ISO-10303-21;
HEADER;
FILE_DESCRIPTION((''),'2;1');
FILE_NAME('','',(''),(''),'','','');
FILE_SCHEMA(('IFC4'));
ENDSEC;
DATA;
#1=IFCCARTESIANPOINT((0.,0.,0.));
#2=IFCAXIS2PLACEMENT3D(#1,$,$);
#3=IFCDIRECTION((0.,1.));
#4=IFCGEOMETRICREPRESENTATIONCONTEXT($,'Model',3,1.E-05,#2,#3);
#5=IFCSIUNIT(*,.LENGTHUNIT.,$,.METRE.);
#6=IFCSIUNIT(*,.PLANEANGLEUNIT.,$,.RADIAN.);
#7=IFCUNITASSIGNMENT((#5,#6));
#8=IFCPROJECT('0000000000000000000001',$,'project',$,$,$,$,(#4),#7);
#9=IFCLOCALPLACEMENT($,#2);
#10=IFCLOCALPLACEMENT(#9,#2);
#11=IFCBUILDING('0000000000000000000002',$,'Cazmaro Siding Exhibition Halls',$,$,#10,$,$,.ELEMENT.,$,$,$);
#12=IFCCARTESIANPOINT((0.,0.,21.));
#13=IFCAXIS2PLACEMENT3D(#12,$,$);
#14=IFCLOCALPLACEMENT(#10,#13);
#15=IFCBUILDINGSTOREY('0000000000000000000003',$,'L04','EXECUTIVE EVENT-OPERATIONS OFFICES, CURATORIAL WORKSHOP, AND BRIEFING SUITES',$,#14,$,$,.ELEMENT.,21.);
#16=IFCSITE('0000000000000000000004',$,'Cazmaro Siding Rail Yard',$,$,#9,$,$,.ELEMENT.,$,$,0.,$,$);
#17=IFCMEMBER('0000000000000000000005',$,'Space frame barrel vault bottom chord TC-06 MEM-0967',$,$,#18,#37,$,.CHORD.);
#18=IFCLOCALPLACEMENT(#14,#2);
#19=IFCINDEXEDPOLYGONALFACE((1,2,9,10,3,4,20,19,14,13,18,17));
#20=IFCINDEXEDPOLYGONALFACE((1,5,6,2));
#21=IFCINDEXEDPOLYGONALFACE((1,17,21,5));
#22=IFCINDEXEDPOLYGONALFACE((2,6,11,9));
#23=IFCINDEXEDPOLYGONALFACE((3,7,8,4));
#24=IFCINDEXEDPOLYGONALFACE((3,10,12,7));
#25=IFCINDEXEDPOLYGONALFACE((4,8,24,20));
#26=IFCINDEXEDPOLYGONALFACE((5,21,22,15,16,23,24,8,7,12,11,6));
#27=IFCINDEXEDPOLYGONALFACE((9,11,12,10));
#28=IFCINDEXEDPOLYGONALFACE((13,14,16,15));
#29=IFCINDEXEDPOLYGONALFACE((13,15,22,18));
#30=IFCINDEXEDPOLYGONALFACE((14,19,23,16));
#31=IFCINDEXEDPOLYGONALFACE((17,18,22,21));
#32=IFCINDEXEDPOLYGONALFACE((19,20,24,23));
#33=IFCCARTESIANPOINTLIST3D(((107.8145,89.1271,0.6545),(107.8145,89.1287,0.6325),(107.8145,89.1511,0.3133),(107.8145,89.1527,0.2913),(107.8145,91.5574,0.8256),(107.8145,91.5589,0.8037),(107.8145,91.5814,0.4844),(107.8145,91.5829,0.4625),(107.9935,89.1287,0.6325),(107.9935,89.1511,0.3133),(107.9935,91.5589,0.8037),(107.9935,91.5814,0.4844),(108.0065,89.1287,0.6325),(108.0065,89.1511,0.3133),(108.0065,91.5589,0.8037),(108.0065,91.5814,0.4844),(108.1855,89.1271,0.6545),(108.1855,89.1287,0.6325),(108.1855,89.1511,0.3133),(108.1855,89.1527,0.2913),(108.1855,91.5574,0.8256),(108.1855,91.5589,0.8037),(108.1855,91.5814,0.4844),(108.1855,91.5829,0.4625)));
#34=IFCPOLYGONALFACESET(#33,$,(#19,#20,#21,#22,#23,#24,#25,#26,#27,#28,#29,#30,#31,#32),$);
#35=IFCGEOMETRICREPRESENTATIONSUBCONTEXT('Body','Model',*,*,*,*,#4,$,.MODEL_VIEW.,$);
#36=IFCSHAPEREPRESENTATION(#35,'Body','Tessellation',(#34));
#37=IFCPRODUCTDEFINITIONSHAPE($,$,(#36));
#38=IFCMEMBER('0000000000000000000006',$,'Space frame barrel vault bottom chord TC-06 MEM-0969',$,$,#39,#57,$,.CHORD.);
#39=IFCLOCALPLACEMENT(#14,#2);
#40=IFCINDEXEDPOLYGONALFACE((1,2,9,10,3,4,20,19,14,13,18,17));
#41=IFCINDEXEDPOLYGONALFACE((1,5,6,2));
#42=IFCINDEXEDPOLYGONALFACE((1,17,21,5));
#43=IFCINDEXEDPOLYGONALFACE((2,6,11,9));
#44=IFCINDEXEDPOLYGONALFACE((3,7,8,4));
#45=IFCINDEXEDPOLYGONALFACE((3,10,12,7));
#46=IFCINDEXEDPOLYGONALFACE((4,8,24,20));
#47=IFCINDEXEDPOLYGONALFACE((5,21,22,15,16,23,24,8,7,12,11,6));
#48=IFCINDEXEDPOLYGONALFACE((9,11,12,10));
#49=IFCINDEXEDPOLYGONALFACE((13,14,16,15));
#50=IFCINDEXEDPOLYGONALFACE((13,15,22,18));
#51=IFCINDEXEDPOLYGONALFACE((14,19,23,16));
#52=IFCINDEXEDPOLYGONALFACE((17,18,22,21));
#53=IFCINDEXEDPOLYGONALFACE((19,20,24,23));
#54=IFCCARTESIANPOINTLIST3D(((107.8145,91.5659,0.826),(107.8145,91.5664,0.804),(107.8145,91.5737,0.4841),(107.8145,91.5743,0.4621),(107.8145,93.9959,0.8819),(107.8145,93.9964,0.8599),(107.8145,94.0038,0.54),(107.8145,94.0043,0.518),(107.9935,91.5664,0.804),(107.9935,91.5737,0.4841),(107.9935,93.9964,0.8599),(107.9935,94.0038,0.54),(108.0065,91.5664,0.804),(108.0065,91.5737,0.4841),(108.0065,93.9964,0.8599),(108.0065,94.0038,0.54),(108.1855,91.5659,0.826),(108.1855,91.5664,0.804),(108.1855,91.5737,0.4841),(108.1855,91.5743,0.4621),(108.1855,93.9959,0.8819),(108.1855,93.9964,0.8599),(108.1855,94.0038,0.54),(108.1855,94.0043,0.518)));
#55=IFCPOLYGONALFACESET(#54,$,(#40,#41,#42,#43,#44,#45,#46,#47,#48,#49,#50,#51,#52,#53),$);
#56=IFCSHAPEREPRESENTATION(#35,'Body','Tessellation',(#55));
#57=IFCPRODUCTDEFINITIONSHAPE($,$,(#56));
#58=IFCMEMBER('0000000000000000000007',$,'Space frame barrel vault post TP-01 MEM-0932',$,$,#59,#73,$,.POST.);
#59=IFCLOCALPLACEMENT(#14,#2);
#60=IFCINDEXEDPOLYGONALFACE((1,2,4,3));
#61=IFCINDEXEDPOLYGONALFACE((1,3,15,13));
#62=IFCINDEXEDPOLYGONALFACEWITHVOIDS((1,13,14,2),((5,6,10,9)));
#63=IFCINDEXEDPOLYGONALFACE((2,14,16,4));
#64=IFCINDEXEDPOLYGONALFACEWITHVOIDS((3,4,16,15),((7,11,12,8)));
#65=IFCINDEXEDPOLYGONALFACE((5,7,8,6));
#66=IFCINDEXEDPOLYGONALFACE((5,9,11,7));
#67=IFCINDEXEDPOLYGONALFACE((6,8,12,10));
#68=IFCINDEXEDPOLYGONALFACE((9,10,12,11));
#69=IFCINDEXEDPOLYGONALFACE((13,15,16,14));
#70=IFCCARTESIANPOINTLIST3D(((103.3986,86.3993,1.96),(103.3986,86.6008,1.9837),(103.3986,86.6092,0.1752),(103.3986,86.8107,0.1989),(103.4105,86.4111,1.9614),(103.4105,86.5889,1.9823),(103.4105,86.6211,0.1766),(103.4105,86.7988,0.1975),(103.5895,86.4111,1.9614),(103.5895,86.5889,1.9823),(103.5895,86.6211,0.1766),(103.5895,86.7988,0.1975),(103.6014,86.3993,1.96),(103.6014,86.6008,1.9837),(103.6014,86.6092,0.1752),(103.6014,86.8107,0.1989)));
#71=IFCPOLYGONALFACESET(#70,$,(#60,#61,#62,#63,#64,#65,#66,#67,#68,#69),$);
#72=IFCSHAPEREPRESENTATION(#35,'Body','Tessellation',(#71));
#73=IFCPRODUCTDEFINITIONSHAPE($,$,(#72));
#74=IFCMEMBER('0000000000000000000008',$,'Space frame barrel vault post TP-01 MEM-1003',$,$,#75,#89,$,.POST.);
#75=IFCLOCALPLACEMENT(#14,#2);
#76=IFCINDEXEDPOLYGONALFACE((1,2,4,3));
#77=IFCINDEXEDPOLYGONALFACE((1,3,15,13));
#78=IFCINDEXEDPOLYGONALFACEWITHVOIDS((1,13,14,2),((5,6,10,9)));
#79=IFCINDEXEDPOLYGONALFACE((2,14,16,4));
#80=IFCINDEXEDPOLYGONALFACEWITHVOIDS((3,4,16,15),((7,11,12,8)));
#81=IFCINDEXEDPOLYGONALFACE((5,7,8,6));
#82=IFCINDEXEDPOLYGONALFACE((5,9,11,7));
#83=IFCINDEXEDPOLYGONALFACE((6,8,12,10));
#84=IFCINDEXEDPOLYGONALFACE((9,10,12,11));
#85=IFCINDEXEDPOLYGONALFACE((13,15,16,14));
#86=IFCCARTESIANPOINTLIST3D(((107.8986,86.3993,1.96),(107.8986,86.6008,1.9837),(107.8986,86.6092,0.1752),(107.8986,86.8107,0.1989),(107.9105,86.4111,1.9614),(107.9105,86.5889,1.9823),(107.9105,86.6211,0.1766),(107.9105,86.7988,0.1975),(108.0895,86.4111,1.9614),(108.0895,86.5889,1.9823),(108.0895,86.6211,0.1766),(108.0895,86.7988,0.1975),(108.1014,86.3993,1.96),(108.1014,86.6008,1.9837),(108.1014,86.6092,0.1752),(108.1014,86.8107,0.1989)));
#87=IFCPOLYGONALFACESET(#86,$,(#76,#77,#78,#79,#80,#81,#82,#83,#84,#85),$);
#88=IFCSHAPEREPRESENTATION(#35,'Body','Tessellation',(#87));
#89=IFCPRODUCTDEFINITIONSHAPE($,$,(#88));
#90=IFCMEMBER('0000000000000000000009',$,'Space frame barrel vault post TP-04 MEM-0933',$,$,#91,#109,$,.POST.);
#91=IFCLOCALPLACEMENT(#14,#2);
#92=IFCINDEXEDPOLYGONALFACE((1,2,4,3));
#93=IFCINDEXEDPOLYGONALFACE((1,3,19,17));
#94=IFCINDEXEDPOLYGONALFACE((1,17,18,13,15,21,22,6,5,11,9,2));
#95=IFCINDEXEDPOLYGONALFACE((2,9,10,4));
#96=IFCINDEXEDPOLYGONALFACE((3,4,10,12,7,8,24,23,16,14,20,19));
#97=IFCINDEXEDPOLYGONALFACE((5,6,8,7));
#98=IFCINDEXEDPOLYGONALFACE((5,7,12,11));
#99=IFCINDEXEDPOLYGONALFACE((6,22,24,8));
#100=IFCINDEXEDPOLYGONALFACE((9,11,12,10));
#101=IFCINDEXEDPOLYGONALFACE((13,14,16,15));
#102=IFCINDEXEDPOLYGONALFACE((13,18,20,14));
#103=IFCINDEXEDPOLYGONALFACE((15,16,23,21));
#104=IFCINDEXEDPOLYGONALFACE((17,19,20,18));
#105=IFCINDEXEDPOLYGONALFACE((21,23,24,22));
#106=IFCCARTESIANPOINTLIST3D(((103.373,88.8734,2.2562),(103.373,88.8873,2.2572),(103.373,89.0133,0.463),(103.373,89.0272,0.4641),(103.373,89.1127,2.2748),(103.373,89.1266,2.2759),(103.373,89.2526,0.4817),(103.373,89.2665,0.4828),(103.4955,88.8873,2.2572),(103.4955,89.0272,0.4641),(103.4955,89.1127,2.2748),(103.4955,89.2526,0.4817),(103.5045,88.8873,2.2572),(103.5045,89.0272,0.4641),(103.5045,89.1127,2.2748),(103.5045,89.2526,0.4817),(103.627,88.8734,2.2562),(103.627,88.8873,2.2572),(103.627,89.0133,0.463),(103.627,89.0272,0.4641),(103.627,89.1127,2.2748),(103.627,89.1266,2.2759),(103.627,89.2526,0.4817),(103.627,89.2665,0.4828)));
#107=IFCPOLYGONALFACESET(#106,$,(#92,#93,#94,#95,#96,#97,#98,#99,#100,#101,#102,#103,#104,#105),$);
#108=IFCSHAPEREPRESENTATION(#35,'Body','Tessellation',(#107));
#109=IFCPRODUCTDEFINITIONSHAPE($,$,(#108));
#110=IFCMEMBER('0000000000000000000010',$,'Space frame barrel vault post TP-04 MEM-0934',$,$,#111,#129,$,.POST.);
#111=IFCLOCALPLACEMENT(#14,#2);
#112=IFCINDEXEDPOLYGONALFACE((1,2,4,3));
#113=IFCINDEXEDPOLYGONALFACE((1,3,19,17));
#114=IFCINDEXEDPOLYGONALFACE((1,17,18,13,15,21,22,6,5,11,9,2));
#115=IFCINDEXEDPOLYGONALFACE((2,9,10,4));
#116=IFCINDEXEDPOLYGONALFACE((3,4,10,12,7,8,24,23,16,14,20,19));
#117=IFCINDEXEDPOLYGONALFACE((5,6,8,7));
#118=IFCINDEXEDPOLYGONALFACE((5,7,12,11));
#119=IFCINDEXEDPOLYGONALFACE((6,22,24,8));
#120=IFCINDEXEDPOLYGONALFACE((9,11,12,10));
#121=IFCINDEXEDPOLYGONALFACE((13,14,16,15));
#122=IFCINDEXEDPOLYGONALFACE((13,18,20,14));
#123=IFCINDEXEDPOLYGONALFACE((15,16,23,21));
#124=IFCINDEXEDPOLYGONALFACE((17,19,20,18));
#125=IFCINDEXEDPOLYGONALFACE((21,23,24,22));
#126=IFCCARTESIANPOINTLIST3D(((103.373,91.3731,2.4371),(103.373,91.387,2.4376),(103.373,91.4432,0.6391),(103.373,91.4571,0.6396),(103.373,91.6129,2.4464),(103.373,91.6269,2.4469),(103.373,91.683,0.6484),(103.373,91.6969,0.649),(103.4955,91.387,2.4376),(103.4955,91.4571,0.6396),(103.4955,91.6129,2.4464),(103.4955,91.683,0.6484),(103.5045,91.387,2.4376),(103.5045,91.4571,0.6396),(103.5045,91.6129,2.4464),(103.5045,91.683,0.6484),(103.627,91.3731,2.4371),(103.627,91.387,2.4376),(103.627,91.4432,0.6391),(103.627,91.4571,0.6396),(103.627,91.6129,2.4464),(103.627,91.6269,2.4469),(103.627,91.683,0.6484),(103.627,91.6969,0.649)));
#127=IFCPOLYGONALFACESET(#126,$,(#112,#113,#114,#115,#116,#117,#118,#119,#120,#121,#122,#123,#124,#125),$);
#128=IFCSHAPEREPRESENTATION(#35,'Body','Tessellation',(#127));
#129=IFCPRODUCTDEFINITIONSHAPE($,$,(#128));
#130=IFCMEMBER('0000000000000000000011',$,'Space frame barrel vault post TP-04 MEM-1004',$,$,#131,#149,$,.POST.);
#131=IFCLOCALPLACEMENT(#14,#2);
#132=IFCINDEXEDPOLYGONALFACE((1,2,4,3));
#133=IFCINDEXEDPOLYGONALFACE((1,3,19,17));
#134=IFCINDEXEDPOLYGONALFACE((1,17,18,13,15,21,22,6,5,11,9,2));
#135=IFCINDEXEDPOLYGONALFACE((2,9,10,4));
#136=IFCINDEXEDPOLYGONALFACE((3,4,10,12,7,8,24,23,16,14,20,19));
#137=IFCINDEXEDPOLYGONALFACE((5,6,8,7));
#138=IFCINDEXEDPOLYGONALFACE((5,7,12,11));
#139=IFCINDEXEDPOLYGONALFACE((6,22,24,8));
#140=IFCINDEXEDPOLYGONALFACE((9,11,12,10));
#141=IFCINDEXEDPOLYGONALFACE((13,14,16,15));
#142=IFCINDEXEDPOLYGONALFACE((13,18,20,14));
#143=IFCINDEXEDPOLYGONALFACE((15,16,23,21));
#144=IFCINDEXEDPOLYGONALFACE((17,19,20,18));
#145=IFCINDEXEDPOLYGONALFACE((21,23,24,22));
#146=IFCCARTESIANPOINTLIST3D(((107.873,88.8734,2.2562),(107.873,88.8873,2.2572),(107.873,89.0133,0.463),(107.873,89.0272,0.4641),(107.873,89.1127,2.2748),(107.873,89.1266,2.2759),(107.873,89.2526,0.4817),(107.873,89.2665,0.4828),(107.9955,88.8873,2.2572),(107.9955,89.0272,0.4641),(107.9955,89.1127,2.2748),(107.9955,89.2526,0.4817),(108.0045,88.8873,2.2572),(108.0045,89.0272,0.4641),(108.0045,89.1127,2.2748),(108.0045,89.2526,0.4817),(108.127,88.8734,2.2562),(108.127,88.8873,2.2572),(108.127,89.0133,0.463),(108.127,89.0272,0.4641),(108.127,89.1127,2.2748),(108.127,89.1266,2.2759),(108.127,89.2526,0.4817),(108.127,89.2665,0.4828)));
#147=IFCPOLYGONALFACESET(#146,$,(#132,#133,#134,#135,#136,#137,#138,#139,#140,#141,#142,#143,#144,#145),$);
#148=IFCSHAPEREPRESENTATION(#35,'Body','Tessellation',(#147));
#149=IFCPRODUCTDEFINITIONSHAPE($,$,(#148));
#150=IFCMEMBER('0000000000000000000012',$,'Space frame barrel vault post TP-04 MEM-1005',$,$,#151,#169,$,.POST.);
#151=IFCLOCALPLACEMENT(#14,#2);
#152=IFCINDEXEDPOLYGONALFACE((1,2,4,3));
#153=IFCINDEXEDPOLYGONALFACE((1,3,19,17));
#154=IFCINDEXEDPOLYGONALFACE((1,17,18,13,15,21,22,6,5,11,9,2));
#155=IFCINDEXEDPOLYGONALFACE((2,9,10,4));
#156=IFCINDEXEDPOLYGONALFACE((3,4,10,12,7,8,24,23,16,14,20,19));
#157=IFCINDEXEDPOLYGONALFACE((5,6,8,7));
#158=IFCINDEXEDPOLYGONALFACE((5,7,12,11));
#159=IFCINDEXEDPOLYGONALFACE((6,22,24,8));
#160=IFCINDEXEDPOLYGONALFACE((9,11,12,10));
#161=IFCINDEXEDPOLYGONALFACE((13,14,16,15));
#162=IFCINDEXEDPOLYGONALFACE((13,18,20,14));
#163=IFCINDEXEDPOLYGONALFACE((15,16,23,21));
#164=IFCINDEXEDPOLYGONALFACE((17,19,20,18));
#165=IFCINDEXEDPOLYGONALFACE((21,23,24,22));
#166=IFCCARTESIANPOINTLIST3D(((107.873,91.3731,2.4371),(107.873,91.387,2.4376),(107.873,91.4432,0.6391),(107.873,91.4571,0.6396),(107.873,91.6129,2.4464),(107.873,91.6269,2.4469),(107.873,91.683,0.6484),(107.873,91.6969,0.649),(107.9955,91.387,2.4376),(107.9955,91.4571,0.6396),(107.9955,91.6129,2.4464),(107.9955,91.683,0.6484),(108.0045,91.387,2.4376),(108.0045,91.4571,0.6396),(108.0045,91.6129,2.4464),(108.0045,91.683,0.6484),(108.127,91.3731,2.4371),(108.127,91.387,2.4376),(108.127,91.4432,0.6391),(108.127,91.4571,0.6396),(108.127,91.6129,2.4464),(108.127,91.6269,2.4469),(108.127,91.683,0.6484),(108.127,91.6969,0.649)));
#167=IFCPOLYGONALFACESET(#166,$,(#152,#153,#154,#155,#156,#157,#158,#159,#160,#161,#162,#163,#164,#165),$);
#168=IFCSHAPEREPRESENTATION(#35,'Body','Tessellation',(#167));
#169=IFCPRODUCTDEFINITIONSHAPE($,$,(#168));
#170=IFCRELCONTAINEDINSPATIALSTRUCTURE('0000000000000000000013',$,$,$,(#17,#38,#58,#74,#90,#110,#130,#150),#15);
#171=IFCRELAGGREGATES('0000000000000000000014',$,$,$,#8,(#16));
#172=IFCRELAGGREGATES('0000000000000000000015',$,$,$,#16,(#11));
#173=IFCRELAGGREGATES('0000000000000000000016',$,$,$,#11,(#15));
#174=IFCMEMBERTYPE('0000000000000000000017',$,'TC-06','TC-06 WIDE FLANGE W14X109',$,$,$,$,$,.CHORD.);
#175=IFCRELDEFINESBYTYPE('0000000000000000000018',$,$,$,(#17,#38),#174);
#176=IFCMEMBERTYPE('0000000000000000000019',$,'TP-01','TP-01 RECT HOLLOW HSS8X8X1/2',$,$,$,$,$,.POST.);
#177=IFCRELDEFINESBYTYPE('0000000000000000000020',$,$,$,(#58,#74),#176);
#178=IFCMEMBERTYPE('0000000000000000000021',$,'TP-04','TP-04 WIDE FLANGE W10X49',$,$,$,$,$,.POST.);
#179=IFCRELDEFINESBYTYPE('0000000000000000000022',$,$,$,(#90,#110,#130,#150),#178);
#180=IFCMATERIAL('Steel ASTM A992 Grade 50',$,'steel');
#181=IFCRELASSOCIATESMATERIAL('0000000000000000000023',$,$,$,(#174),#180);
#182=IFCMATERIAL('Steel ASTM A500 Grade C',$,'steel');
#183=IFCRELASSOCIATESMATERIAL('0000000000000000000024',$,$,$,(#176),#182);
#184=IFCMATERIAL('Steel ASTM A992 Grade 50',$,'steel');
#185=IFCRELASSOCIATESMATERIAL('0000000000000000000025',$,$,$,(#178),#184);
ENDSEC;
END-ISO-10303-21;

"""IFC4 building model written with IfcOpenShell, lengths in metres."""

from ifc_helpers import new_model, si_unit, direction, frame, origin, origin_2d, place, context, subcontext, project, spatial, hollow_rectangle, i_section, extrude, material, material_profile, profile_set, type_object, element, save


model = new_model("IFC4")

# Units and contexts
model_context = context("Model", 3, precision=1e-05, world=origin(), true_north=direction((0.0, 1.0)))
body_context = subcontext(model_context, "Body", "Model", "MODEL_VIEW")
ifc_project = project(units=[si_unit("LENGTHUNIT", "METRE"), si_unit("PLANEANGLEUNIT", "RADIAN")], contexts=[model_context])

# Site, building, storey
site_placement = place(None, origin())
site = spatial("IfcSite", under=ifc_project, at=site_placement, Name="Cazmaro Siding Rail Yard", CompositionType="ELEMENT", RefElevation=0.0)
building_placement = place(site_placement, origin())
building = spatial("IfcBuilding", under=site, at=building_placement, Name="Cazmaro Siding Exhibition Halls", CompositionType="ELEMENT")
storey_placement = place(building_placement, frame((0.0, 0.0, 21.0)))
storey = spatial("IfcBuildingStorey", under=building, at=storey_placement, Name="L04", Description="EXECUTIVE EVENT-OPERATIONS OFFICES, CURATORIAL WORKSHOP, AND BRIEFING SUITES", CompositionType="ELEMENT", Elevation=21.0)

# Members
ifc_material_1 = material(Name="Steel ASTM A992 Grade 50", Category="steel")
ifc_material_profile_1 = material_profile(ifc_material_1, i_section(OverallWidth=0.3711, OverallDepth=0.364, WebThickness=0.0129, FlangeThickness=0.022, at=origin_2d()), Name="W14X109")
ifc_profile_set_1 = profile_set([ifc_material_profile_1], Name="Steel ASTM A992 Grade 50")
member_type_1 = type_object("IfcMemberType", Name="TC-06", Description="TC-06 WIDE FLANGE W14X109", PredefinedType="CHORD", material=ifc_profile_set_1)
member_1_placement = place(storey_placement, frame((108.0, 89.1399, 0.4729), z_axis=(0.0, 0.997529, 0.07025), x_axis=(-1.0, 0.0, 0.0)))
element("IfcMember", 1, at=member_1_placement, inside=storey, type_object=member_type_1, Name="Space frame barrel vault bottom chord TC-06 MEM-0967", PredefinedType="CHORD", context=body_context, shape_type="SweptSolid", body=[
    extrude(i_section(OverallWidth=0.3711, OverallDepth=0.364, WebThickness=0.0129, FlangeThickness=0.022, at=origin_2d()), origin(), (0.0, 0.0, 1.0), 2.4363),
])
member_2_placement = place(storey_placement, frame((108.0, 91.5701, 0.644), z_axis=(0.0, 0.999735, 0.023002), x_axis=(-1.0, 0.0, 0.0)))
element("IfcMember", 2, at=member_2_placement, inside=storey, type_object=member_type_1, Name="Space frame barrel vault bottom chord TC-06 MEM-0969", PredefinedType="CHORD", context=body_context, shape_type="SweptSolid", body=[
    extrude(i_section(OverallWidth=0.3711, OverallDepth=0.364, WebThickness=0.0129, FlangeThickness=0.022, at=origin_2d()), origin(), (0.0, 0.0, 1.0), 2.4307),
])
ifc_material_2 = material(Name="Steel ASTM A500 Grade C", Category="steel")
ifc_material_profile_2 = material_profile(ifc_material_2, hollow_rectangle(XDim=0.2029, YDim=0.2029, WallThickness=0.012, at=origin_2d()), Name="HSS8X8X1/2")
ifc_profile_set_2 = profile_set([ifc_material_profile_2], Name="Steel ASTM A500 Grade C")
member_type_2 = type_object("IfcMemberType", Name="TP-01", Description="TP-01 RECT HOLLOW HSS8X8X1/2", PredefinedType="POST", material=ifc_profile_set_2)
for number, where, z_axis, x_axis, name in (
    (3, (103.5, 86.71, 0.187), (0.0, -0.116825, 0.993152), (1.0, 0.0, 0.0), "Space frame barrel vault post TP-01 MEM-0932"),
    (4, (108.0, 86.71, 0.187), (0.0, -0.116825, 0.993152), (1.0, 0.0, 0.0), "Space frame barrel vault post TP-01 MEM-1003"),
):
    element("IfcMember", number, at=place(storey_placement, frame(where, z_axis=z_axis, x_axis=x_axis)), inside=storey, type_object=member_type_2, Name=name, PredefinedType="POST", context=body_context, shape_type="SweptSolid", body=[
        extrude(hollow_rectangle(XDim=0.2029, YDim=0.2029, WallThickness=0.012, at=origin_2d()), origin(), (0.0, 0.0, 1.0), 1.7971),
    ])
ifc_material_3 = material(Name="Steel ASTM A992 Grade 50", Category="steel")
ifc_material_profile_3 = material_profile(ifc_material_3, i_section(OverallWidth=0.2539, OverallDepth=0.2539, WebThickness=0.009, FlangeThickness=0.0139, at=origin_2d()), Name="W10X49")
ifc_profile_set_3 = profile_set([ifc_material_profile_3], Name="Steel ASTM A992 Grade 50")
member_type_3 = type_object("IfcMemberType", Name="TP-04", Description="TP-04 WIDE FLANGE W10X49", PredefinedType="POST", material=ifc_profile_set_3)
member_3_placement = place(storey_placement, frame((103.5, 89.1399, 0.4729), z_axis=(0.0, -0.077776, 0.996971), x_axis=(1.0, 0.0, 0.0)))
element("IfcMember", 5, at=member_3_placement, inside=storey, type_object=member_type_3, Name="Space frame barrel vault post TP-04 MEM-0933", PredefinedType="POST", context=body_context, shape_type="SweptSolid", body=[
    extrude(i_section(OverallWidth=0.2539, OverallDepth=0.2539, WebThickness=0.009, FlangeThickness=0.0139, at=origin_2d()), origin(), (0.0, 0.0, 1.0), 1.7986),
])
member_4_placement = place(storey_placement, frame((103.5, 91.5701, 0.644), z_axis=(0.0, -0.038944, 0.999241), x_axis=(1.0, 0.0, 0.0)))
element("IfcMember", 6, at=member_4_placement, inside=storey, type_object=member_type_3, Name="Space frame barrel vault post TP-04 MEM-0934", PredefinedType="POST", context=body_context, shape_type="SweptSolid", body=[
    extrude(i_section(OverallWidth=0.2539, OverallDepth=0.2539, WebThickness=0.009, FlangeThickness=0.0139, at=origin_2d()), origin(), (0.0, 0.0, 1.0), 1.7993),
])
member_5_placement = place(storey_placement, frame((108.0, 89.1399, 0.4729), z_axis=(0.0, -0.077776, 0.996971), x_axis=(1.0, 0.0, 0.0)))
element("IfcMember", 7, at=member_5_placement, inside=storey, type_object=member_type_3, Name="Space frame barrel vault post TP-04 MEM-1004", PredefinedType="POST", context=body_context, shape_type="SweptSolid", body=[
    extrude(i_section(OverallWidth=0.2539, OverallDepth=0.2539, WebThickness=0.009, FlangeThickness=0.0139, at=origin_2d()), origin(), (0.0, 0.0, 1.0), 1.7986),
])
member_6_placement = place(storey_placement, frame((108.0, 91.5701, 0.644), z_axis=(0.0, -0.038944, 0.999241), x_axis=(1.0, 0.0, 0.0)))
element("IfcMember", 8, at=member_6_placement, inside=storey, type_object=member_type_3, Name="Space frame barrel vault post TP-04 MEM-1005", PredefinedType="POST", context=body_context, shape_type="SweptSolid", body=[
    extrude(i_section(OverallWidth=0.2539, OverallDepth=0.2539, WebThickness=0.009, FlangeThickness=0.0139, at=origin_2d()), origin(), (0.0, 0.0, 1.0), 1.7993),
])

save(model, "model.ifc")
